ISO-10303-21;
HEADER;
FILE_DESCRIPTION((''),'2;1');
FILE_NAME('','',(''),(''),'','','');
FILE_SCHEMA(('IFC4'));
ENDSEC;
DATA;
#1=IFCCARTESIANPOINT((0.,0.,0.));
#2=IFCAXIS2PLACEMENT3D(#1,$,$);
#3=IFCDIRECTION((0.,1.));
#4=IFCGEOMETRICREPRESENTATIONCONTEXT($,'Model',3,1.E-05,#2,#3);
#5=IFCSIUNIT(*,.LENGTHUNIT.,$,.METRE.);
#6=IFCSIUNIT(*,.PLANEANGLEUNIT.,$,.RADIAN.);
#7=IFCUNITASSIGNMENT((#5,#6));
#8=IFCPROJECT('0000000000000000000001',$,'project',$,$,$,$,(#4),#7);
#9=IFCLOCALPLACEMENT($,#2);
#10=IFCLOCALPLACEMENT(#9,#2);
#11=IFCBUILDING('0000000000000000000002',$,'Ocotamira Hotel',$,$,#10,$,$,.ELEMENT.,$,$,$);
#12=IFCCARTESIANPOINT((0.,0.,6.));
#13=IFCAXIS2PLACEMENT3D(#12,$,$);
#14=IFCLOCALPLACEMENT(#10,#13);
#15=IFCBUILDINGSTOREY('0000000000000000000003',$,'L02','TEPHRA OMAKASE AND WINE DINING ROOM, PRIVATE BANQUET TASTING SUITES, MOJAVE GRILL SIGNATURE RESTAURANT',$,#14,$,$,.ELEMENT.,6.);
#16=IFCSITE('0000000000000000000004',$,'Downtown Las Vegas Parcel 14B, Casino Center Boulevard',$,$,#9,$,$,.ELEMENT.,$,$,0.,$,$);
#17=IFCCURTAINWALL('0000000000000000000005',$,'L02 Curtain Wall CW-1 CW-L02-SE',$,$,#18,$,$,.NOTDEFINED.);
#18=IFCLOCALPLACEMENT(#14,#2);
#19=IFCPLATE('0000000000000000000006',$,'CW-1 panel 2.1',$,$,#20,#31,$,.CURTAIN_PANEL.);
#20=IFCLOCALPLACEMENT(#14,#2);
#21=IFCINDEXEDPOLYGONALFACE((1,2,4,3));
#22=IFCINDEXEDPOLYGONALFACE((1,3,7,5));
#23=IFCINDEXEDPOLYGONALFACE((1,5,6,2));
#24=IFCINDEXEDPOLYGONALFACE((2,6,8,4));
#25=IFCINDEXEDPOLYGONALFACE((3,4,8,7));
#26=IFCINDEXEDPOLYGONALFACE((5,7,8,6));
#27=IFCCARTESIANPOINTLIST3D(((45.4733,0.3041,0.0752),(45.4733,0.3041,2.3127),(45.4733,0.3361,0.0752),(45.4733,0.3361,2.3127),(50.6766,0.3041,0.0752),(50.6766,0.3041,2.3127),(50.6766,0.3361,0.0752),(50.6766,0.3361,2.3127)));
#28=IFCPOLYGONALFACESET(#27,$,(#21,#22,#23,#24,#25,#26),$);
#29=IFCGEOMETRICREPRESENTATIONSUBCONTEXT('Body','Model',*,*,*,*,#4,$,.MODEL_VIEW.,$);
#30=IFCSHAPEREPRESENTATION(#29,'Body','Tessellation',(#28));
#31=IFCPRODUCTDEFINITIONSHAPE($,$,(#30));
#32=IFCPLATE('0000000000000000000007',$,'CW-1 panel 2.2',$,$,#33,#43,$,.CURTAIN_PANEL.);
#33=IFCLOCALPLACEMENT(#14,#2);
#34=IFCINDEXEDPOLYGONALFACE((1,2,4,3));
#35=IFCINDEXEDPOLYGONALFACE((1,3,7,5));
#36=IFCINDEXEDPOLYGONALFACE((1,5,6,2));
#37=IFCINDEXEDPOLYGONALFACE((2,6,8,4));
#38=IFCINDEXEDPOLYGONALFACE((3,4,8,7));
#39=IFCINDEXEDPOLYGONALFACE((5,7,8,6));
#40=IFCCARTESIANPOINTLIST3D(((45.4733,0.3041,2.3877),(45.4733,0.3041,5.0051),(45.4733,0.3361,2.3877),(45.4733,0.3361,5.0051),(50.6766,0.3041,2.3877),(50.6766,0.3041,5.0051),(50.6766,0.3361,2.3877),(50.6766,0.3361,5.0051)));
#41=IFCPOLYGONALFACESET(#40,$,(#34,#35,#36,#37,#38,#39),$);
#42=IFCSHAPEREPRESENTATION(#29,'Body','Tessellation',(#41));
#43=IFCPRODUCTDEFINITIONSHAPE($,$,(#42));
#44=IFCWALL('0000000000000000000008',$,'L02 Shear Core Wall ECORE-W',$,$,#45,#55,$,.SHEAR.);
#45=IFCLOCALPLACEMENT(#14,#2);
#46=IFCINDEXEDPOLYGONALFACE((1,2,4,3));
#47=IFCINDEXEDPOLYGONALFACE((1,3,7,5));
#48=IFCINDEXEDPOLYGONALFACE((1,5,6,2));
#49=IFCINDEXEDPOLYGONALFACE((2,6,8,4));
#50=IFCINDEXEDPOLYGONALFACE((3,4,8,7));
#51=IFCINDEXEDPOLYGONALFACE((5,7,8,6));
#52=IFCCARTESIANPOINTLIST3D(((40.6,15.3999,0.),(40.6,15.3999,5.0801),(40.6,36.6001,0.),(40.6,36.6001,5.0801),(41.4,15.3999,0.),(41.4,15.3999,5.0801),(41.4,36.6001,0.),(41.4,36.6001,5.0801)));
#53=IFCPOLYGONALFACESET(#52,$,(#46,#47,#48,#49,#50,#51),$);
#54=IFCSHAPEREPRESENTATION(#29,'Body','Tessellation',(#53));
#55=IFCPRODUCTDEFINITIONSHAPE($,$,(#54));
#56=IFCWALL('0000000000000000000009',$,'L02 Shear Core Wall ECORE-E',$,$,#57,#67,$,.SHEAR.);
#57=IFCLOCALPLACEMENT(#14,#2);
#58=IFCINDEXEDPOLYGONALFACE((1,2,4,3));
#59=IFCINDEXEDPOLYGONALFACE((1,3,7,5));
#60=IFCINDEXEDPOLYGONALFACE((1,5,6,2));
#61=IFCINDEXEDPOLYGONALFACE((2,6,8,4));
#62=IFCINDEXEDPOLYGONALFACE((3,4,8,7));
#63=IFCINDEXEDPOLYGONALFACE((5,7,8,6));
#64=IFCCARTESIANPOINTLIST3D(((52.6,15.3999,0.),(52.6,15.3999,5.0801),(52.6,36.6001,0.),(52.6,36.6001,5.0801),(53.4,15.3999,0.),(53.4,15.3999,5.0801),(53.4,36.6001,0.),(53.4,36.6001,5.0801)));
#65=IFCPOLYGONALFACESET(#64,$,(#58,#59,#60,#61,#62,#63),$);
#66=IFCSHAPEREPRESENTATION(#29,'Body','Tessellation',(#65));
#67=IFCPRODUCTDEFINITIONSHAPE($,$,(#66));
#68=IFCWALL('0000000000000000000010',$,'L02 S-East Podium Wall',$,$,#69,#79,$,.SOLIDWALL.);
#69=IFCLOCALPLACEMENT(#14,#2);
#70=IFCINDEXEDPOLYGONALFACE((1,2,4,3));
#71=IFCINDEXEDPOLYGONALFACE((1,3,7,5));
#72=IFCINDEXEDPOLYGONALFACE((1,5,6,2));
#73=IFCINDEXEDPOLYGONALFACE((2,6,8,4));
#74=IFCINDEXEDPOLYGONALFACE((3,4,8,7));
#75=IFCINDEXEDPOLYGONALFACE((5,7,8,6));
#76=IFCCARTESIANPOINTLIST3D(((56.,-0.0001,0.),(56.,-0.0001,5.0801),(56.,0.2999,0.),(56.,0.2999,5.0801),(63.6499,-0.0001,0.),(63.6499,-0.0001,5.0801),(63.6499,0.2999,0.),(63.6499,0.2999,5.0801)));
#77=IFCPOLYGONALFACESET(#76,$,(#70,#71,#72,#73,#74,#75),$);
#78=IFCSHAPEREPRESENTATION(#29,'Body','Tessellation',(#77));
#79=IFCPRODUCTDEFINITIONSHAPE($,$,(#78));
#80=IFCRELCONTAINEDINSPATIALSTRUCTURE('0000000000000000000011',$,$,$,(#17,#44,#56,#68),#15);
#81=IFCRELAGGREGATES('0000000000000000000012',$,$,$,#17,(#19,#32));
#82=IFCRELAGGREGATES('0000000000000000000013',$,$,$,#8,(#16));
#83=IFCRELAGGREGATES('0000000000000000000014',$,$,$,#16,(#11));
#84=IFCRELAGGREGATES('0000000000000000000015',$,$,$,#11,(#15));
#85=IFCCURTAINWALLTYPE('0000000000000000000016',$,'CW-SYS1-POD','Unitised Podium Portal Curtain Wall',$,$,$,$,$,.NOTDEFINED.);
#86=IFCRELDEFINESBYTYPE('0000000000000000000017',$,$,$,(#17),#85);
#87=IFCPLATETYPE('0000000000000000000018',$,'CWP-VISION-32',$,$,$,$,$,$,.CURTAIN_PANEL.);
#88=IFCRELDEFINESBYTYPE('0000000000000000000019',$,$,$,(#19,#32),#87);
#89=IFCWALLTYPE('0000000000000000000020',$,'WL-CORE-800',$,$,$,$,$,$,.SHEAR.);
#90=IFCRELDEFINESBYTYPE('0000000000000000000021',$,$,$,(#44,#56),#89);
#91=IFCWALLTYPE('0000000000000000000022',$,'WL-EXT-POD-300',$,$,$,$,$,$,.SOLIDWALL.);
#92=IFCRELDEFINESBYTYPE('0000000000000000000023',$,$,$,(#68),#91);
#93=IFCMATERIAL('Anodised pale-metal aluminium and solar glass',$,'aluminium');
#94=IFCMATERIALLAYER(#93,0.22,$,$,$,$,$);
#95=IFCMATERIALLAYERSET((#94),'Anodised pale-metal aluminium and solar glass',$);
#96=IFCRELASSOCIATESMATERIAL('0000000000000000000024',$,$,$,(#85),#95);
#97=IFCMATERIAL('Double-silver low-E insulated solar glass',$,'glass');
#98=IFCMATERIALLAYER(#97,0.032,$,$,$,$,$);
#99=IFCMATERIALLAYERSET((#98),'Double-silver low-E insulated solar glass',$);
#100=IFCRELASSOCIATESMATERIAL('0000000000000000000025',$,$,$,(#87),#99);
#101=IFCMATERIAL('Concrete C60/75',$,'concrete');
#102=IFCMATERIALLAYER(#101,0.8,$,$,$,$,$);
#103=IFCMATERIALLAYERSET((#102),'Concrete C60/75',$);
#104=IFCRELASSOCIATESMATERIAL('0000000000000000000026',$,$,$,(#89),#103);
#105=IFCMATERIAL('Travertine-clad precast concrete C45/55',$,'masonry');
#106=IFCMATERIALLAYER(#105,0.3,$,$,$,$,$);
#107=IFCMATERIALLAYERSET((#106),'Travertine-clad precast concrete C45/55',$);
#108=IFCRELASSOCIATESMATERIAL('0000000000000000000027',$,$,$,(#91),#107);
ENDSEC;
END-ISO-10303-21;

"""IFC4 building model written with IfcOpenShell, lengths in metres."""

from ifc_helpers import new_model, si_unit, direction, frame, frame_2d, origin, origin_2d, place, context, subcontext, project, spatial, rectangle, extrude, source, transform, mapped, material, layer, layer_set, type_object, element, aggregate, save


model = new_model("IFC4")

# Units and contexts
model_context = context("Model", 3, precision=1e-05, world=origin(), true_north=direction((0.0, 1.0)))
body_context = subcontext(model_context, "Body", "Model", "MODEL_VIEW")
ifc_project = project(units=[si_unit("LENGTHUNIT", "METRE"), si_unit("PLANEANGLEUNIT", "RADIAN")], contexts=[model_context])

# Site, building, storey
site_placement = place(None, origin())
site = spatial("IfcSite", under=ifc_project, at=site_placement, Name="Downtown Las Vegas Parcel 14B, Casino Center Boulevard", CompositionType="ELEMENT", RefElevation=0.0)
building_placement = place(site_placement, origin())
building = spatial("IfcBuilding", under=site, at=building_placement, Name="Ocotamira Hotel", CompositionType="ELEMENT")
storey_placement = place(building_placement, frame((0.0, 0.0, 6.0)))
storey = spatial("IfcBuildingStorey", under=building, at=storey_placement, Name="L02", Description="TEPHRA OMAKASE AND WINE DINING ROOM, PRIVATE BANQUET TASTING SUITES, MOJAVE GRILL SIGNATURE RESTAURANT", CompositionType="ELEMENT", Elevation=6.0)

# Shared definitions
ifc_material_1 = material(Name="Concrete C60/75", Category="concrete")

# Curtain wall, plates
ifc_material_2 = material(Name="Anodised pale-metal aluminium and solar glass", Category="aluminium")
ifc_layer_1 = layer(ifc_material_2, 0.22)
ifc_layer_set_1 = layer_set([ifc_layer_1], Name="Anodised pale-metal aluminium and solar glass")
curtain_wall_type = type_object("IfcCurtainWallType", Name="CW-SYS1-POD", Description="Unitised Podium Portal Curtain Wall", PredefinedType="NOTDEFINED", material=ifc_layer_set_1)
curtain_wall_placement = place(storey_placement, origin())
curtain_wall = element("IfcCurtainWall", 1, at=curtain_wall_placement, inside=storey, type_object=curtain_wall_type, Name="L02 Curtain Wall CW-1 CW-L02-SE", PredefinedType="NOTDEFINED")
ifc_material_3 = material(Name="Double-silver low-E insulated solar glass", Category="glass")
ifc_layer_2 = layer(ifc_material_3, 0.032)
ifc_layer_set_2 = layer_set([ifc_layer_2], Name="Double-silver low-E insulated solar glass")
plate_type = type_object("IfcPlateType", Name="CWP-VISION-32", PredefinedType="CURTAIN_PANEL", material=ifc_layer_set_2)
shared_shape_1 = source(origin(), body_context, "Body", "SweptSolid", [
    extrude(rectangle(XDim=5.2034, YDim=0.032, at=origin_2d()), origin(), (0.0, 0.0, 1.0), 2.2375),
])
plate_1_placement = place(storey_placement, frame((48.075, 0.3201, 0.0752), z_axis=(0.0, 0.0, 1.0), x_axis=(1.0, 0.0, 0.0)))
plate_1 = element("IfcPlate", 2, at=plate_1_placement, type_object=plate_type, Name="CW-1 panel 2.1", PredefinedType="CURTAIN_PANEL", context=body_context, shape_type="MappedRepresentation", body=[
    mapped(shared_shape_1, transform((0.0, 0.0, 0.0), scale=1.0)),
])
shared_shape_2 = source(origin(), body_context, "Body", "SweptSolid", [
    extrude(rectangle(XDim=5.2034, YDim=0.032, at=origin_2d()), origin(), (0.0, 0.0, 1.0), 2.6174),
])
plate_2_placement = place(storey_placement, frame((48.075, 0.3201, 2.3877), z_axis=(0.0, 0.0, 1.0), x_axis=(1.0, 0.0, 0.0)))
plate_2 = element("IfcPlate", 3, at=plate_2_placement, type_object=plate_type, Name="CW-1 panel 2.2", PredefinedType="CURTAIN_PANEL", context=body_context, shape_type="MappedRepresentation", body=[
    mapped(shared_shape_2, transform((0.0, 0.0, 0.0), scale=1.0)),
])
aggregate(curtain_wall, [plate_1, plate_2])

# Shared definitions
ifc_layer_3 = layer(ifc_material_1, 0.8)
ifc_layer_set_3 = layer_set([ifc_layer_3], Name="Concrete C60/75")
wall_type_1 = type_object("IfcWallType", Name="WL-CORE-800", PredefinedType="SHEAR", material=ifc_layer_set_3)

# Walls
for number, where, z_axis, x_axis, name in (
    (4, (41.0, 15.3999, 0.0), (0.0, 0.0, 1.0), (0.0, 1.0, 0.0), "L02 Shear Core Wall ECORE-W"),
    (5, (53.0, 15.3999, 0.0), (0.0, 0.0, 1.0), (0.0, 1.0, 0.0), "L02 Shear Core Wall ECORE-E"),
):
    element("IfcWall", number, at=place(storey_placement, frame(where, z_axis=z_axis, x_axis=x_axis)), inside=storey, type_object=wall_type_1, Name=name, PredefinedType="SHEAR", context=body_context, shape_type="SweptSolid", body=[
        extrude(rectangle(XDim=21.2002, YDim=0.8, at=frame_2d((10.6001, 0.0))), origin(), (0.0, 0.0, 1.0), 5.0801),
    ])
ifc_material_4 = material(Name="Travertine-clad precast concrete C45/55", Category="masonry")
ifc_layer_4 = layer(ifc_material_4, 0.3)
ifc_layer_set_4 = layer_set([ifc_layer_4], Name="Travertine-clad precast concrete C45/55")
wall_type_2 = type_object("IfcWallType", Name="WL-EXT-POD-300", PredefinedType="SOLIDWALL", material=ifc_layer_set_4)
wall_1_placement = place(storey_placement, frame((63.6499, 0.1499, 0.0), z_axis=(0.0, 0.0, 1.0), x_axis=(-1.0, 0.0, 0.0)))
element("IfcWall", 6, at=wall_1_placement, inside=storey, type_object=wall_type_2, Name="L02 S-East Podium Wall", PredefinedType="SOLIDWALL", context=body_context, shape_type="SweptSolid", body=[
    extrude(rectangle(XDim=7.6499, YDim=0.3, at=frame_2d((3.825, 0.0))), origin(), (0.0, 0.0, 1.0), 5.0801),
])

save(model, "model.ifc")
